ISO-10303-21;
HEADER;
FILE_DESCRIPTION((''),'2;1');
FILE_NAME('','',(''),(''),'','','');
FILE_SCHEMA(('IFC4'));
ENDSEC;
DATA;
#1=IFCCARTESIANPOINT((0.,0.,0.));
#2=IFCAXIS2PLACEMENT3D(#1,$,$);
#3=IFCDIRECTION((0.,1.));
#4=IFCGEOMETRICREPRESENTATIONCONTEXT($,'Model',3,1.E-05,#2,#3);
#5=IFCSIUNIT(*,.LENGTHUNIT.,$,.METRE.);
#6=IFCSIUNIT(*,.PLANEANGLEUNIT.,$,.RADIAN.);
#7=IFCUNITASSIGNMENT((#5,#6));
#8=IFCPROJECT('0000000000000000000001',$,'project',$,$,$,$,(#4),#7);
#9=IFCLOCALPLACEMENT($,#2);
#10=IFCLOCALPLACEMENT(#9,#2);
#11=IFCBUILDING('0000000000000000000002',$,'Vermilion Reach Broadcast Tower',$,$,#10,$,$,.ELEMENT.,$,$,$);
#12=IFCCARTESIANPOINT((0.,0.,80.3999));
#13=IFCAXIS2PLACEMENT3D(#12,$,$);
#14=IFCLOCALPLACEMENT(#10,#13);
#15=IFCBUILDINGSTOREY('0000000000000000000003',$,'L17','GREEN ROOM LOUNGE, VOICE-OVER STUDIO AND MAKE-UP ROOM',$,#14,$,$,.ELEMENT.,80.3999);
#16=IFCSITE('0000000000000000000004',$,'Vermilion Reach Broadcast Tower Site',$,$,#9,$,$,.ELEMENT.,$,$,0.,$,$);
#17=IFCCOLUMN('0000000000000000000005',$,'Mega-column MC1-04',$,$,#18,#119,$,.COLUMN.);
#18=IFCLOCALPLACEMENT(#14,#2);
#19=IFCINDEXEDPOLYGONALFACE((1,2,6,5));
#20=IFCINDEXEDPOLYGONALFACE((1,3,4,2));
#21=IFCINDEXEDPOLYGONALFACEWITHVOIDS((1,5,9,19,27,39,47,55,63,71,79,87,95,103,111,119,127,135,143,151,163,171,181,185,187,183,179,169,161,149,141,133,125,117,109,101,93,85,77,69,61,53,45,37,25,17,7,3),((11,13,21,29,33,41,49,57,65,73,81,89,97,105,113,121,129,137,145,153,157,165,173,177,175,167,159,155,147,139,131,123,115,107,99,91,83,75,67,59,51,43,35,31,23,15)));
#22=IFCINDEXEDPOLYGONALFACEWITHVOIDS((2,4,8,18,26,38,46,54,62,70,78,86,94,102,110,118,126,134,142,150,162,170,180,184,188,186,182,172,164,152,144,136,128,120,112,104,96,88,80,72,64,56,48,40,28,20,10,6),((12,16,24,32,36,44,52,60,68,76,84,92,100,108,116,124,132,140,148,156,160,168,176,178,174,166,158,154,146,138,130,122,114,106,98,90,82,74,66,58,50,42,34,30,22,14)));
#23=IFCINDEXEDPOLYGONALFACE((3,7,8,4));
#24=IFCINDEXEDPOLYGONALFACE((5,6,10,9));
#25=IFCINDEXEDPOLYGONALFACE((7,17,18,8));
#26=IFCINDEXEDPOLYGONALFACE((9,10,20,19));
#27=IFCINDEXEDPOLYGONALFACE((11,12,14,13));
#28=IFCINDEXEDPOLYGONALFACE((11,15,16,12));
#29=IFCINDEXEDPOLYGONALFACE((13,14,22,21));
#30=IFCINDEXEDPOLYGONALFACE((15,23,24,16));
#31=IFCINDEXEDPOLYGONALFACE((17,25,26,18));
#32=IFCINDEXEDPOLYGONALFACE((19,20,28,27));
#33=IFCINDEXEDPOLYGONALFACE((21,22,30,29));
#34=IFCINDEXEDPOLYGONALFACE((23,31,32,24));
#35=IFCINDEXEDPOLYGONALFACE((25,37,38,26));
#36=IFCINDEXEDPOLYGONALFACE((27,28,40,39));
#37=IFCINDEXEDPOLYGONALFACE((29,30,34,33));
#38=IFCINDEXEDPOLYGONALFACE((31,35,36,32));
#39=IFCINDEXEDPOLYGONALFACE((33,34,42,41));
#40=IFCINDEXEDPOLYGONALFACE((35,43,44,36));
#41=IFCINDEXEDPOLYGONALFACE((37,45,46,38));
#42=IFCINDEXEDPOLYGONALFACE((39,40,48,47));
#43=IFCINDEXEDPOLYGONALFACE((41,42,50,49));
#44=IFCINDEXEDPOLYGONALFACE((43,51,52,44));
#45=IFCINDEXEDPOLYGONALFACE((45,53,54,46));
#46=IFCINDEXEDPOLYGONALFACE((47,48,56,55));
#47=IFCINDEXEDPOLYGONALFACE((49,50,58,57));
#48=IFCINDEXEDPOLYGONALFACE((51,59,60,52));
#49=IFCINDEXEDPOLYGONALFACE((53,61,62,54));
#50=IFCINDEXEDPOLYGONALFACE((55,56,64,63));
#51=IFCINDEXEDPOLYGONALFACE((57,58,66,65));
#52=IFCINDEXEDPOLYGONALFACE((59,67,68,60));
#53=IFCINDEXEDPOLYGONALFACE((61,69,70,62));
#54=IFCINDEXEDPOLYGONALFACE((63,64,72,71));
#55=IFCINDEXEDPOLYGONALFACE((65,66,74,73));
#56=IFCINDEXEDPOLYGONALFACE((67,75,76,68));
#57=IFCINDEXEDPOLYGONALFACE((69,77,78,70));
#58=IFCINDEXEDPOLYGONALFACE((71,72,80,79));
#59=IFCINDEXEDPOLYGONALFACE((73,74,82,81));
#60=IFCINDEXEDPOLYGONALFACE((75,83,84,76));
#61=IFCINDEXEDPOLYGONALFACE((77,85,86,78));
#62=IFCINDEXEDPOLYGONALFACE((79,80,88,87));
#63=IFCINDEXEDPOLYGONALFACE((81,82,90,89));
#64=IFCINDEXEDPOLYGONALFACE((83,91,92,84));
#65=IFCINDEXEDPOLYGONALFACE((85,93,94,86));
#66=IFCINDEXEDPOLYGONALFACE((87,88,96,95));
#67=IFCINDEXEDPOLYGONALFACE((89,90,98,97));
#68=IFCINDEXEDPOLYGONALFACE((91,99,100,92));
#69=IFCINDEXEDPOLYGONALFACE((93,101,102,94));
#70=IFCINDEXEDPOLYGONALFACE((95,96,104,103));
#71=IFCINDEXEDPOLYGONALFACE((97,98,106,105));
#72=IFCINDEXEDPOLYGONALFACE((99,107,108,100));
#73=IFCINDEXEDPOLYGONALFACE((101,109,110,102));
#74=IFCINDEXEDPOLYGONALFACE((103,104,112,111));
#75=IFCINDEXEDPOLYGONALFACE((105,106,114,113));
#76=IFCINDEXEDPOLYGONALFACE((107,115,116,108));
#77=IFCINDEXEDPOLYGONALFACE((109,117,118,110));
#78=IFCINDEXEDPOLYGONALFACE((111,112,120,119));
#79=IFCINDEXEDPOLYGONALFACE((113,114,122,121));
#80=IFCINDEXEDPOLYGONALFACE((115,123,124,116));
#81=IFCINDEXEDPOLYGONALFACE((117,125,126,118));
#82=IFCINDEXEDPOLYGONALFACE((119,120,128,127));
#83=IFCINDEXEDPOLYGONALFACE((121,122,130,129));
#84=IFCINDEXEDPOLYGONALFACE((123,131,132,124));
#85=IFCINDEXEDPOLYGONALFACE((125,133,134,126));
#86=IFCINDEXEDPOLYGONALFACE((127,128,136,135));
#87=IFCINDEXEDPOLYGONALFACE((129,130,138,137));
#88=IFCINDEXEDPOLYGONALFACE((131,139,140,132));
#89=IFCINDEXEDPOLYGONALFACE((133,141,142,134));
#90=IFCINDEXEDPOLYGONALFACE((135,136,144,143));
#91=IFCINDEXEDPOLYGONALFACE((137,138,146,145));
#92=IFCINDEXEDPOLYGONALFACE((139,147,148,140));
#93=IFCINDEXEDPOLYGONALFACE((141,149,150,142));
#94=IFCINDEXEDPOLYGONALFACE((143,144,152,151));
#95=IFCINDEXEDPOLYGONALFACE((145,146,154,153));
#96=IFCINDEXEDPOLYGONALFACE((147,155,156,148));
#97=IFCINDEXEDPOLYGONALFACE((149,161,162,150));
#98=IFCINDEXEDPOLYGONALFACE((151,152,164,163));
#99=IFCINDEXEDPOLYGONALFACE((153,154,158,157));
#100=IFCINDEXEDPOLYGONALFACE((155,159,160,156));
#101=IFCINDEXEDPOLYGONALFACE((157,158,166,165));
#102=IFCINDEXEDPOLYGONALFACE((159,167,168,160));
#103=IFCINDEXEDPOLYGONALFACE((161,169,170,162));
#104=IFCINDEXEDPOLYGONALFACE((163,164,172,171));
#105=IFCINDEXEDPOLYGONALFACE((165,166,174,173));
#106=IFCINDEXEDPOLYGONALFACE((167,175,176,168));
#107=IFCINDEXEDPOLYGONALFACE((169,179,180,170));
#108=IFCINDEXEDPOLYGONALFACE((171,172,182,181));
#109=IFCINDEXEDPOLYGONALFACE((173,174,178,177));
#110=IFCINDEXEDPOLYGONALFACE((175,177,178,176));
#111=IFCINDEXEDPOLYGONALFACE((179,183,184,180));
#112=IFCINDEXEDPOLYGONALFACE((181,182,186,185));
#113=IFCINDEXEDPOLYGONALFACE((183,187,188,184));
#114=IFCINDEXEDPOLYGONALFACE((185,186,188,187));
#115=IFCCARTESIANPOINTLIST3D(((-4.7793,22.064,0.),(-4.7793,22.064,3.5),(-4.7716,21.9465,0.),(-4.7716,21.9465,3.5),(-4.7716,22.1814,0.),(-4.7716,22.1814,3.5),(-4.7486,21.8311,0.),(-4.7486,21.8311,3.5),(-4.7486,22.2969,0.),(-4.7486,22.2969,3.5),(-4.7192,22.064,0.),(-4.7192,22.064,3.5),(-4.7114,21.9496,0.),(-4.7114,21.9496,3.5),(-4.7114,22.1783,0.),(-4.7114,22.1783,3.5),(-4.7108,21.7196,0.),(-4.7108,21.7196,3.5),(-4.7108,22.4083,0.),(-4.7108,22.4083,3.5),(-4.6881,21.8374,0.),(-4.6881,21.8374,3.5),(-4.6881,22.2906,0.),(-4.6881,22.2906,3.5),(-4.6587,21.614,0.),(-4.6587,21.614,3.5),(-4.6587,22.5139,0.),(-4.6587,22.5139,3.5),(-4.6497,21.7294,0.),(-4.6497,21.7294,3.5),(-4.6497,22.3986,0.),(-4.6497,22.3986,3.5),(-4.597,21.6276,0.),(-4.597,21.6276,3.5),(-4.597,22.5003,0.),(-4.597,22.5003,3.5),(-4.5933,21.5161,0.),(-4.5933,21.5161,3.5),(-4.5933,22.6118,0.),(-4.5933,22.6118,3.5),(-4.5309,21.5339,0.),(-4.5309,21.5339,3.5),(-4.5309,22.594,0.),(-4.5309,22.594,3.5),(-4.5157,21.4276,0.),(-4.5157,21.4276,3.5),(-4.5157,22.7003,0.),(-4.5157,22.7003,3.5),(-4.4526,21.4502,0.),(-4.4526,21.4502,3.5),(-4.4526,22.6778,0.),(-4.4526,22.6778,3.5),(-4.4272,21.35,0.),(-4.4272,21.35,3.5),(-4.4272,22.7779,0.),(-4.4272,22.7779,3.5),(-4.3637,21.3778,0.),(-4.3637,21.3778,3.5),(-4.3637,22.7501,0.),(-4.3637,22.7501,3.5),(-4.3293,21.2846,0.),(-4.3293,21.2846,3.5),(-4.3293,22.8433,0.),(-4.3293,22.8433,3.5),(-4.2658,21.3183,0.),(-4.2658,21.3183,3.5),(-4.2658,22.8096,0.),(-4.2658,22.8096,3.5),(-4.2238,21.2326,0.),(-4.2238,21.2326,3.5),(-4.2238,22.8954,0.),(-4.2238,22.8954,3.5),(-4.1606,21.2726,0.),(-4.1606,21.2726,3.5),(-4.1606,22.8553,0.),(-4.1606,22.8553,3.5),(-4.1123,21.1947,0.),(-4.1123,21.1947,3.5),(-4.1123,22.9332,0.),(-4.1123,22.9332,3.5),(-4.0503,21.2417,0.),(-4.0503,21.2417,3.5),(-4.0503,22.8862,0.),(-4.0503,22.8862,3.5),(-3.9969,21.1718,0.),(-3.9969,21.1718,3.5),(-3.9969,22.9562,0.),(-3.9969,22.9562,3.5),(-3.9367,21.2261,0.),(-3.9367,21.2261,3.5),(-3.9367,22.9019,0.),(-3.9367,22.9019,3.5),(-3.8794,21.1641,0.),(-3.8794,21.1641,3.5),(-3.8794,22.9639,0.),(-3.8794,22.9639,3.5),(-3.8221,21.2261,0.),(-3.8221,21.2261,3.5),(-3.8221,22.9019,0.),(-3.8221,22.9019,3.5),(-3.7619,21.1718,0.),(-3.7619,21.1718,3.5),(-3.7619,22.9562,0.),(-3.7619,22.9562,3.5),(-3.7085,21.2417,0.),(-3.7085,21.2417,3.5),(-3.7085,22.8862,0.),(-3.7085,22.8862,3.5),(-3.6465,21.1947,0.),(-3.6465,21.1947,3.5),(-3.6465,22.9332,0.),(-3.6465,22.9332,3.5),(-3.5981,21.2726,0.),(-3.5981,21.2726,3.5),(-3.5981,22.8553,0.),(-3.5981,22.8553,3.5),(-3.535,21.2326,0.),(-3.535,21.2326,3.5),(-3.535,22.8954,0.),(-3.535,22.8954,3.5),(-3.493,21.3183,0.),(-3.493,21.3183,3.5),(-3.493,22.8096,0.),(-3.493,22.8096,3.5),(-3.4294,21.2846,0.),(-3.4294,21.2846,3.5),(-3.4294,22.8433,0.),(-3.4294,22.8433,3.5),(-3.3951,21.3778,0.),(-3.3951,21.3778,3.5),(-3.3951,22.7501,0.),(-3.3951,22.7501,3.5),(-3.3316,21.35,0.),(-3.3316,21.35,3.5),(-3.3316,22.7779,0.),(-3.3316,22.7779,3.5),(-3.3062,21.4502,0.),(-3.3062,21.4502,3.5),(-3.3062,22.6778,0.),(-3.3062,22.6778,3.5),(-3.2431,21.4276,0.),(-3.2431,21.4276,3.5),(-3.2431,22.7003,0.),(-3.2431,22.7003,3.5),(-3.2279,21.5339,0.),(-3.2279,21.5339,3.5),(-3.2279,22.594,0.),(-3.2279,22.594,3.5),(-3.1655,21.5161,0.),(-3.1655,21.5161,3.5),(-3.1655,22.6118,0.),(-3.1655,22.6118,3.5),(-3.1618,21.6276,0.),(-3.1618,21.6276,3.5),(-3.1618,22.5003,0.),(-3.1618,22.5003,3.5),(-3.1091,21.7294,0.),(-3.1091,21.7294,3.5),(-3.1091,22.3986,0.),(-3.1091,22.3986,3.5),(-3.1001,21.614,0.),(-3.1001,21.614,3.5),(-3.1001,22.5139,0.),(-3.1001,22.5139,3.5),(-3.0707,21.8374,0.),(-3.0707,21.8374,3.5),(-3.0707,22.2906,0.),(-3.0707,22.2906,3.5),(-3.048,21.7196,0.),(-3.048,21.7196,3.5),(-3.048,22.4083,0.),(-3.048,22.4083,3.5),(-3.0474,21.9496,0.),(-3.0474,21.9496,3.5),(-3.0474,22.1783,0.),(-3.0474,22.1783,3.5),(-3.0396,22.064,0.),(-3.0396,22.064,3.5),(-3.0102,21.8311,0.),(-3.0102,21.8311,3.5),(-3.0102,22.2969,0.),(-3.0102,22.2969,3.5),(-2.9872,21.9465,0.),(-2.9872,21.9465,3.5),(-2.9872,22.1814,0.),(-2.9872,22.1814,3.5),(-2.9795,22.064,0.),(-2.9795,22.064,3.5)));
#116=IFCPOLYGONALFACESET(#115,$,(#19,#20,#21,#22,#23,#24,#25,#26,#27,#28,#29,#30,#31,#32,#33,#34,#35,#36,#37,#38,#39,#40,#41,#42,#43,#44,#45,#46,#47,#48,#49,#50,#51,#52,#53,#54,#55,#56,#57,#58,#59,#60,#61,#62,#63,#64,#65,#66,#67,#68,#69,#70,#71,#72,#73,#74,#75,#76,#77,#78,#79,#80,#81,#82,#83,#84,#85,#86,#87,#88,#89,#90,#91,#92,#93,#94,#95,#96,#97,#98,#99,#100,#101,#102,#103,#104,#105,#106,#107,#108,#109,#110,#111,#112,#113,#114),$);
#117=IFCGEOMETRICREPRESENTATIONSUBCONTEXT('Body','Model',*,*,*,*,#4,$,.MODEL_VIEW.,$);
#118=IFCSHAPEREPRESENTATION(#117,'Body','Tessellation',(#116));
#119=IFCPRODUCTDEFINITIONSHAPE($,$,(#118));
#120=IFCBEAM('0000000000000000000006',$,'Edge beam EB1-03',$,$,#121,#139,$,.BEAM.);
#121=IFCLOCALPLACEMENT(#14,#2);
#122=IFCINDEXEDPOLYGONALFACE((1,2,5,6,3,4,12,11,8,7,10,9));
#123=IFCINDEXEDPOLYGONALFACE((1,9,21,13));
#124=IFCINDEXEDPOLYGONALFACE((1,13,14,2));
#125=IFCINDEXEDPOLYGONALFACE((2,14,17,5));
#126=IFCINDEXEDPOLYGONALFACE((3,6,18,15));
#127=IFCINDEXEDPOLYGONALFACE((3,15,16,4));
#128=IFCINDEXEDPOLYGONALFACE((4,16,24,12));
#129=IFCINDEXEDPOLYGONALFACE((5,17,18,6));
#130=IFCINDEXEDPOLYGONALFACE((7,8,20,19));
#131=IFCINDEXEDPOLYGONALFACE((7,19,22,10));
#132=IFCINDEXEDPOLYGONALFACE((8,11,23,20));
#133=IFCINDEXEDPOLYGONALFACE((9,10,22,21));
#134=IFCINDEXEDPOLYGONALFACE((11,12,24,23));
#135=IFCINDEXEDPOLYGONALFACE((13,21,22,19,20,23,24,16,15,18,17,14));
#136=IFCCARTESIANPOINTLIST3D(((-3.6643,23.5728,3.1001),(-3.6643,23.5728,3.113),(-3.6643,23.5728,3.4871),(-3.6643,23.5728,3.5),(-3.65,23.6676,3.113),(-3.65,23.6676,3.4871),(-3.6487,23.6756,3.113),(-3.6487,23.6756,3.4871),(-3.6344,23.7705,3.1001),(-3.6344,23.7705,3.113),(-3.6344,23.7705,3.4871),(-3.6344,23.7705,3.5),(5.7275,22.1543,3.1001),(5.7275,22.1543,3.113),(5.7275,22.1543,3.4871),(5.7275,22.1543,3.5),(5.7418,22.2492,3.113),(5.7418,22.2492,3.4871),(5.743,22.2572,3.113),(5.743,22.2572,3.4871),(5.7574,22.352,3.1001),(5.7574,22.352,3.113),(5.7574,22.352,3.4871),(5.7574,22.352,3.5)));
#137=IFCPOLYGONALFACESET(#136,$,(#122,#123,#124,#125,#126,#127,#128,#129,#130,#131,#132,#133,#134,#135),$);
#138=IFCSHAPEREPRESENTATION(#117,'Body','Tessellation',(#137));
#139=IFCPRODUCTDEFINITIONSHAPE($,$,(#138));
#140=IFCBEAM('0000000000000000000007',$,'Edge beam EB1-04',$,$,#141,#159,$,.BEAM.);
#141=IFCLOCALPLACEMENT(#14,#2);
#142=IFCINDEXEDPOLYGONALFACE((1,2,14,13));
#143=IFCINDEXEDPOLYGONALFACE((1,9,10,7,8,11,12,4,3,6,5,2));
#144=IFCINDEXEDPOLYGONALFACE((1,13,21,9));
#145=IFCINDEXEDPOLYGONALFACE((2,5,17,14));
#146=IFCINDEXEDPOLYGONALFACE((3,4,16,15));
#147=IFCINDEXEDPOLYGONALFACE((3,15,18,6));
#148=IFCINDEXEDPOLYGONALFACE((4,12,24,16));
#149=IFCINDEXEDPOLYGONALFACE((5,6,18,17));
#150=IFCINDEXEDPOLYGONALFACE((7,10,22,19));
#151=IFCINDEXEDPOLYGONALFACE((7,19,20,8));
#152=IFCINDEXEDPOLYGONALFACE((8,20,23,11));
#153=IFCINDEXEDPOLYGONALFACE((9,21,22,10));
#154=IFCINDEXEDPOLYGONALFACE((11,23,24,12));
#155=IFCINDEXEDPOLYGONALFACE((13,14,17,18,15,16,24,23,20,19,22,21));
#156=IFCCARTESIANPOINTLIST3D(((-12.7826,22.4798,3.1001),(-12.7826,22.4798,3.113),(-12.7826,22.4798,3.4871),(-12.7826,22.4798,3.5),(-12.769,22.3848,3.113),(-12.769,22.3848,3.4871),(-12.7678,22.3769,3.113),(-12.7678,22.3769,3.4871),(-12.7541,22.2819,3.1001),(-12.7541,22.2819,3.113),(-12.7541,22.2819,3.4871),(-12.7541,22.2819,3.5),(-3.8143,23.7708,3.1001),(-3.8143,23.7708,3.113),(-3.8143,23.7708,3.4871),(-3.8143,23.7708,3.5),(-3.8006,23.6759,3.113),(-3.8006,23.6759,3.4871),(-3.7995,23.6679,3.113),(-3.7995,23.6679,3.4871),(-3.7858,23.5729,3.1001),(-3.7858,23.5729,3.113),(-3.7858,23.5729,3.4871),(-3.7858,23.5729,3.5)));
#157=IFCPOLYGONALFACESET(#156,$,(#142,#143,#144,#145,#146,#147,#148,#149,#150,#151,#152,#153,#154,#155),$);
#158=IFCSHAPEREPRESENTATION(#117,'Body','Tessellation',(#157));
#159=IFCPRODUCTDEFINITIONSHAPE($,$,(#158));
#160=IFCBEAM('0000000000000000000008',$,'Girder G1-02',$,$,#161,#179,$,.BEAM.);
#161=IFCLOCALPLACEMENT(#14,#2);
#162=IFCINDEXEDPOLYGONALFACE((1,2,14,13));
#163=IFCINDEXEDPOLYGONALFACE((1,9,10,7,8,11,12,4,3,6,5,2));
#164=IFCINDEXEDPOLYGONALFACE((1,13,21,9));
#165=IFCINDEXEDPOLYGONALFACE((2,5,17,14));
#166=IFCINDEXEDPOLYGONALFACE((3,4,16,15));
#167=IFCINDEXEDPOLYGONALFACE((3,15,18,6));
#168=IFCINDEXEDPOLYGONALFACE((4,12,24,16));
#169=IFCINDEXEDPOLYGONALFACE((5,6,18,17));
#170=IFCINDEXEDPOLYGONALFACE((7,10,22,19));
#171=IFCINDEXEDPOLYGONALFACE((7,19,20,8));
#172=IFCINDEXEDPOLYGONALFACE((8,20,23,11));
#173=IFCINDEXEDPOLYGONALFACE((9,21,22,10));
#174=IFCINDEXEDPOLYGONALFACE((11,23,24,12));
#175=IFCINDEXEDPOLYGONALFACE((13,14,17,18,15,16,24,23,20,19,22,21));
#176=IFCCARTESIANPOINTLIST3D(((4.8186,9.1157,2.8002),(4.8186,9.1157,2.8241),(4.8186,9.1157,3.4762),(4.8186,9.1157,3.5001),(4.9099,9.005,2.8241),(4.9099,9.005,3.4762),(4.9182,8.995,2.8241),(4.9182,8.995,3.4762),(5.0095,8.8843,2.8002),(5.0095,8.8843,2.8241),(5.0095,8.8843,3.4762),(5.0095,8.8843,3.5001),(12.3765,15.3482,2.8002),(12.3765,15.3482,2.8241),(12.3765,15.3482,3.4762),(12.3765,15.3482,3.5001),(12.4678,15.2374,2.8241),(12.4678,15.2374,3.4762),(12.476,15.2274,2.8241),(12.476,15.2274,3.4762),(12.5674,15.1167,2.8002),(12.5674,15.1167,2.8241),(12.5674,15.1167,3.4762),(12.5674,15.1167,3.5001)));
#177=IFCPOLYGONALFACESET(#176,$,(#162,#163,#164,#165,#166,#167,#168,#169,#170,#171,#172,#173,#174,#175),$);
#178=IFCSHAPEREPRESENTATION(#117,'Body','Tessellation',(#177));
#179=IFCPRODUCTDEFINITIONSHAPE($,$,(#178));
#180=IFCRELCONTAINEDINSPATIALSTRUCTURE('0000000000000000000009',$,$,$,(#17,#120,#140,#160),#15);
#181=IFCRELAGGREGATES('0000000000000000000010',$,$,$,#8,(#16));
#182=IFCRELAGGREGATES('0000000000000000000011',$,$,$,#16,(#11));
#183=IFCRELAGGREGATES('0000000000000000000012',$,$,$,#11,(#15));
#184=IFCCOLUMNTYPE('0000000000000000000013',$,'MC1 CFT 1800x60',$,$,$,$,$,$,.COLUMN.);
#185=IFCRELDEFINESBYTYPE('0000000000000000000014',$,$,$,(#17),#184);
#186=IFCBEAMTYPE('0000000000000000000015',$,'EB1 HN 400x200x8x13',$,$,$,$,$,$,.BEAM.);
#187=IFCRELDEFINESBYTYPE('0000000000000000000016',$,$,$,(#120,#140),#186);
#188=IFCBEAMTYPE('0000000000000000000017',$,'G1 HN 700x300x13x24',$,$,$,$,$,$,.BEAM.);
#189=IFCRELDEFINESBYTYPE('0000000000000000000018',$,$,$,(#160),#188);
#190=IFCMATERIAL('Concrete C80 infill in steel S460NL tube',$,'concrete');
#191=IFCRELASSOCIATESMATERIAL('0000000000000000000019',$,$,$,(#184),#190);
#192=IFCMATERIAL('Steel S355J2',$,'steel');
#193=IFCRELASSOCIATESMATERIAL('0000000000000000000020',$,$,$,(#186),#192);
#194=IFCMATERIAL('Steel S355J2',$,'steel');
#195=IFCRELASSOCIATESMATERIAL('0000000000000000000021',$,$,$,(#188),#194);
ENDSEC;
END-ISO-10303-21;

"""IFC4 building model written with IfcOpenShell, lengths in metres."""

from ifc_helpers import new_model, si_unit, direction, frame, origin, origin_2d, place, context, subcontext, project, spatial, hollow_circle, i_section, extrude, material, material_profile, profile_set, type_object, element, save


model = new_model("IFC4")

# Units and contexts
model_context = context("Model", 3, precision=1e-05, world=origin(), true_north=direction((0.0, 1.0)))
body_context = subcontext(model_context, "Body", "Model", "MODEL_VIEW")
ifc_project = project(units=[si_unit("LENGTHUNIT", "METRE"), si_unit("PLANEANGLEUNIT", "RADIAN")], contexts=[model_context])

# Site, building, storey
site_placement = place(None, origin())
site = spatial("IfcSite", under=ifc_project, at=site_placement, Name="Vermilion Reach Broadcast Tower Site", CompositionType="ELEMENT", RefElevation=0.0)
building_placement = place(site_placement, origin())
building = spatial("IfcBuilding", under=site, at=building_placement, Name="Vermilion Reach Broadcast Tower", CompositionType="ELEMENT")
storey_placement = place(building_placement, frame((0.0, 0.0, 80.3999)))
storey = spatial("IfcBuildingStorey", under=building, at=storey_placement, Name="L17", Description="GREEN ROOM LOUNGE, VOICE-OVER STUDIO AND MAKE-UP ROOM", CompositionType="ELEMENT", Elevation=80.3999)

# Column
ifc_material_1 = material(Name="Concrete C80 infill in steel S460NL tube", Category="concrete")
ifc_material_profile_1 = material_profile(ifc_material_1, hollow_circle(Radius=0.8999, WallThickness=0.0601, at=origin_2d()), Name="Concrete C80 infill in steel S460NL tube CFT 1800x60")
ifc_profile_set_1 = profile_set([ifc_material_profile_1], Name="Concrete C80 infill in steel S460NL tube")
column_type = type_object("IfcColumnType", Name="MC1 CFT 1800x60", PredefinedType="COLUMN", material=ifc_profile_set_1)
for number, where, z_axis, x_axis, name in (
    (1, (-3.8794, 22.064, 0.0), (0.0, 0.0, 1.0), (1.0, 0.0, 0.0), "Mega-column MC1-04"),
):
    element("IfcColumn", number, at=place(storey_placement, frame(where, z_axis=z_axis, x_axis=x_axis)), inside=storey, type_object=column_type, Name=name, PredefinedType="COLUMN", context=body_context, shape_type="SweptSolid", body=[
        extrude(hollow_circle(Radius=0.8999, WallThickness=0.0601, at=origin_2d()), origin(), (0.0, 0.0, 1.0), 3.5),
    ])

# Beams
ifc_material_2 = material(Name="Steel S355J2", Category="steel")
ifc_material_profile_2 = material_profile(ifc_material_2, i_section(OverallWidth=0.2, OverallDepth=0.3999, WebThickness=0.0081, FlangeThickness=0.0129, at=origin_2d()), Name="S355J2 HN 400x200x8x13")
ifc_profile_set_2 = profile_set([ifc_material_profile_2], Name="Steel S355J2")
beam_type_1 = type_object("IfcBeamType", Name="EB1 HN 400x200x8x13", PredefinedType="BEAM", material=ifc_profile_set_2)
beam_1_placement = place(storey_placement, frame((5.7424, 22.2532, 3.3), z_axis=(-0.988786, 0.149337, 0.0), x_axis=(-0.149337, -0.988786, 0.0)))
element("IfcBeam", 2, at=beam_1_placement, inside=storey, type_object=beam_type_1, Name="Edge beam EB1-03", PredefinedType="BEAM", context=body_context, shape_type="SweptSolid", body=[
    extrude(i_section(OverallWidth=0.2, OverallDepth=0.3999, WebThickness=0.0081, FlangeThickness=0.0129, at=origin_2d()), origin(), (0.0, 0.0, 1.0), 9.4983),
])
beam_2_placement = place(storey_placement, frame((-3.8, 23.6719, 3.3), z_axis=(-0.989797, -0.142485, 0.0), x_axis=(0.142485, -0.989797, 0.0)))
element("IfcBeam", 3, at=beam_2_placement, inside=storey, type_object=beam_type_1, Name="Edge beam EB1-04", PredefinedType="BEAM", context=body_context, shape_type="SweptSolid", body=[
    extrude(i_section(OverallWidth=0.2, OverallDepth=0.3999, WebThickness=0.0081, FlangeThickness=0.0129, at=origin_2d()), origin(), (0.0, 0.0, 1.0), 9.0608),
])
ifc_material_3 = material(Name="Steel S355J2", Category="steel")
ifc_material_profile_3 = material_profile(ifc_material_3, i_section(OverallWidth=0.3, OverallDepth=0.7, WebThickness=0.0129, FlangeThickness=0.0239, at=origin_2d()), Name="S355J2 HN 700x300x13x24")
ifc_profile_set_3 = profile_set([ifc_material_profile_3], Name="Steel S355J2")
beam_type_2 = type_object("IfcBeamType", Name="G1 HN 700x300x13x24", PredefinedType="BEAM", material=ifc_profile_set_3)
beam_3_placement = place(storey_placement, frame((4.9141, 9.0, 3.1501), z_axis=(0.771514, 0.636212, 0.0), x_axis=(-0.636212, 0.771514, 0.0)))
element("IfcBeam", 4, at=beam_3_placement, inside=storey, type_object=beam_type_2, Name="Girder G1-02", PredefinedType="BEAM", context=body_context, shape_type="SweptSolid", body=[
    extrude(i_section(OverallWidth=0.3, OverallDepth=0.7, WebThickness=0.0129, FlangeThickness=0.0239, at=origin_2d()), origin(), (0.0, 0.0, 1.0), 9.7961),
])

save(model, "model.ifc")
